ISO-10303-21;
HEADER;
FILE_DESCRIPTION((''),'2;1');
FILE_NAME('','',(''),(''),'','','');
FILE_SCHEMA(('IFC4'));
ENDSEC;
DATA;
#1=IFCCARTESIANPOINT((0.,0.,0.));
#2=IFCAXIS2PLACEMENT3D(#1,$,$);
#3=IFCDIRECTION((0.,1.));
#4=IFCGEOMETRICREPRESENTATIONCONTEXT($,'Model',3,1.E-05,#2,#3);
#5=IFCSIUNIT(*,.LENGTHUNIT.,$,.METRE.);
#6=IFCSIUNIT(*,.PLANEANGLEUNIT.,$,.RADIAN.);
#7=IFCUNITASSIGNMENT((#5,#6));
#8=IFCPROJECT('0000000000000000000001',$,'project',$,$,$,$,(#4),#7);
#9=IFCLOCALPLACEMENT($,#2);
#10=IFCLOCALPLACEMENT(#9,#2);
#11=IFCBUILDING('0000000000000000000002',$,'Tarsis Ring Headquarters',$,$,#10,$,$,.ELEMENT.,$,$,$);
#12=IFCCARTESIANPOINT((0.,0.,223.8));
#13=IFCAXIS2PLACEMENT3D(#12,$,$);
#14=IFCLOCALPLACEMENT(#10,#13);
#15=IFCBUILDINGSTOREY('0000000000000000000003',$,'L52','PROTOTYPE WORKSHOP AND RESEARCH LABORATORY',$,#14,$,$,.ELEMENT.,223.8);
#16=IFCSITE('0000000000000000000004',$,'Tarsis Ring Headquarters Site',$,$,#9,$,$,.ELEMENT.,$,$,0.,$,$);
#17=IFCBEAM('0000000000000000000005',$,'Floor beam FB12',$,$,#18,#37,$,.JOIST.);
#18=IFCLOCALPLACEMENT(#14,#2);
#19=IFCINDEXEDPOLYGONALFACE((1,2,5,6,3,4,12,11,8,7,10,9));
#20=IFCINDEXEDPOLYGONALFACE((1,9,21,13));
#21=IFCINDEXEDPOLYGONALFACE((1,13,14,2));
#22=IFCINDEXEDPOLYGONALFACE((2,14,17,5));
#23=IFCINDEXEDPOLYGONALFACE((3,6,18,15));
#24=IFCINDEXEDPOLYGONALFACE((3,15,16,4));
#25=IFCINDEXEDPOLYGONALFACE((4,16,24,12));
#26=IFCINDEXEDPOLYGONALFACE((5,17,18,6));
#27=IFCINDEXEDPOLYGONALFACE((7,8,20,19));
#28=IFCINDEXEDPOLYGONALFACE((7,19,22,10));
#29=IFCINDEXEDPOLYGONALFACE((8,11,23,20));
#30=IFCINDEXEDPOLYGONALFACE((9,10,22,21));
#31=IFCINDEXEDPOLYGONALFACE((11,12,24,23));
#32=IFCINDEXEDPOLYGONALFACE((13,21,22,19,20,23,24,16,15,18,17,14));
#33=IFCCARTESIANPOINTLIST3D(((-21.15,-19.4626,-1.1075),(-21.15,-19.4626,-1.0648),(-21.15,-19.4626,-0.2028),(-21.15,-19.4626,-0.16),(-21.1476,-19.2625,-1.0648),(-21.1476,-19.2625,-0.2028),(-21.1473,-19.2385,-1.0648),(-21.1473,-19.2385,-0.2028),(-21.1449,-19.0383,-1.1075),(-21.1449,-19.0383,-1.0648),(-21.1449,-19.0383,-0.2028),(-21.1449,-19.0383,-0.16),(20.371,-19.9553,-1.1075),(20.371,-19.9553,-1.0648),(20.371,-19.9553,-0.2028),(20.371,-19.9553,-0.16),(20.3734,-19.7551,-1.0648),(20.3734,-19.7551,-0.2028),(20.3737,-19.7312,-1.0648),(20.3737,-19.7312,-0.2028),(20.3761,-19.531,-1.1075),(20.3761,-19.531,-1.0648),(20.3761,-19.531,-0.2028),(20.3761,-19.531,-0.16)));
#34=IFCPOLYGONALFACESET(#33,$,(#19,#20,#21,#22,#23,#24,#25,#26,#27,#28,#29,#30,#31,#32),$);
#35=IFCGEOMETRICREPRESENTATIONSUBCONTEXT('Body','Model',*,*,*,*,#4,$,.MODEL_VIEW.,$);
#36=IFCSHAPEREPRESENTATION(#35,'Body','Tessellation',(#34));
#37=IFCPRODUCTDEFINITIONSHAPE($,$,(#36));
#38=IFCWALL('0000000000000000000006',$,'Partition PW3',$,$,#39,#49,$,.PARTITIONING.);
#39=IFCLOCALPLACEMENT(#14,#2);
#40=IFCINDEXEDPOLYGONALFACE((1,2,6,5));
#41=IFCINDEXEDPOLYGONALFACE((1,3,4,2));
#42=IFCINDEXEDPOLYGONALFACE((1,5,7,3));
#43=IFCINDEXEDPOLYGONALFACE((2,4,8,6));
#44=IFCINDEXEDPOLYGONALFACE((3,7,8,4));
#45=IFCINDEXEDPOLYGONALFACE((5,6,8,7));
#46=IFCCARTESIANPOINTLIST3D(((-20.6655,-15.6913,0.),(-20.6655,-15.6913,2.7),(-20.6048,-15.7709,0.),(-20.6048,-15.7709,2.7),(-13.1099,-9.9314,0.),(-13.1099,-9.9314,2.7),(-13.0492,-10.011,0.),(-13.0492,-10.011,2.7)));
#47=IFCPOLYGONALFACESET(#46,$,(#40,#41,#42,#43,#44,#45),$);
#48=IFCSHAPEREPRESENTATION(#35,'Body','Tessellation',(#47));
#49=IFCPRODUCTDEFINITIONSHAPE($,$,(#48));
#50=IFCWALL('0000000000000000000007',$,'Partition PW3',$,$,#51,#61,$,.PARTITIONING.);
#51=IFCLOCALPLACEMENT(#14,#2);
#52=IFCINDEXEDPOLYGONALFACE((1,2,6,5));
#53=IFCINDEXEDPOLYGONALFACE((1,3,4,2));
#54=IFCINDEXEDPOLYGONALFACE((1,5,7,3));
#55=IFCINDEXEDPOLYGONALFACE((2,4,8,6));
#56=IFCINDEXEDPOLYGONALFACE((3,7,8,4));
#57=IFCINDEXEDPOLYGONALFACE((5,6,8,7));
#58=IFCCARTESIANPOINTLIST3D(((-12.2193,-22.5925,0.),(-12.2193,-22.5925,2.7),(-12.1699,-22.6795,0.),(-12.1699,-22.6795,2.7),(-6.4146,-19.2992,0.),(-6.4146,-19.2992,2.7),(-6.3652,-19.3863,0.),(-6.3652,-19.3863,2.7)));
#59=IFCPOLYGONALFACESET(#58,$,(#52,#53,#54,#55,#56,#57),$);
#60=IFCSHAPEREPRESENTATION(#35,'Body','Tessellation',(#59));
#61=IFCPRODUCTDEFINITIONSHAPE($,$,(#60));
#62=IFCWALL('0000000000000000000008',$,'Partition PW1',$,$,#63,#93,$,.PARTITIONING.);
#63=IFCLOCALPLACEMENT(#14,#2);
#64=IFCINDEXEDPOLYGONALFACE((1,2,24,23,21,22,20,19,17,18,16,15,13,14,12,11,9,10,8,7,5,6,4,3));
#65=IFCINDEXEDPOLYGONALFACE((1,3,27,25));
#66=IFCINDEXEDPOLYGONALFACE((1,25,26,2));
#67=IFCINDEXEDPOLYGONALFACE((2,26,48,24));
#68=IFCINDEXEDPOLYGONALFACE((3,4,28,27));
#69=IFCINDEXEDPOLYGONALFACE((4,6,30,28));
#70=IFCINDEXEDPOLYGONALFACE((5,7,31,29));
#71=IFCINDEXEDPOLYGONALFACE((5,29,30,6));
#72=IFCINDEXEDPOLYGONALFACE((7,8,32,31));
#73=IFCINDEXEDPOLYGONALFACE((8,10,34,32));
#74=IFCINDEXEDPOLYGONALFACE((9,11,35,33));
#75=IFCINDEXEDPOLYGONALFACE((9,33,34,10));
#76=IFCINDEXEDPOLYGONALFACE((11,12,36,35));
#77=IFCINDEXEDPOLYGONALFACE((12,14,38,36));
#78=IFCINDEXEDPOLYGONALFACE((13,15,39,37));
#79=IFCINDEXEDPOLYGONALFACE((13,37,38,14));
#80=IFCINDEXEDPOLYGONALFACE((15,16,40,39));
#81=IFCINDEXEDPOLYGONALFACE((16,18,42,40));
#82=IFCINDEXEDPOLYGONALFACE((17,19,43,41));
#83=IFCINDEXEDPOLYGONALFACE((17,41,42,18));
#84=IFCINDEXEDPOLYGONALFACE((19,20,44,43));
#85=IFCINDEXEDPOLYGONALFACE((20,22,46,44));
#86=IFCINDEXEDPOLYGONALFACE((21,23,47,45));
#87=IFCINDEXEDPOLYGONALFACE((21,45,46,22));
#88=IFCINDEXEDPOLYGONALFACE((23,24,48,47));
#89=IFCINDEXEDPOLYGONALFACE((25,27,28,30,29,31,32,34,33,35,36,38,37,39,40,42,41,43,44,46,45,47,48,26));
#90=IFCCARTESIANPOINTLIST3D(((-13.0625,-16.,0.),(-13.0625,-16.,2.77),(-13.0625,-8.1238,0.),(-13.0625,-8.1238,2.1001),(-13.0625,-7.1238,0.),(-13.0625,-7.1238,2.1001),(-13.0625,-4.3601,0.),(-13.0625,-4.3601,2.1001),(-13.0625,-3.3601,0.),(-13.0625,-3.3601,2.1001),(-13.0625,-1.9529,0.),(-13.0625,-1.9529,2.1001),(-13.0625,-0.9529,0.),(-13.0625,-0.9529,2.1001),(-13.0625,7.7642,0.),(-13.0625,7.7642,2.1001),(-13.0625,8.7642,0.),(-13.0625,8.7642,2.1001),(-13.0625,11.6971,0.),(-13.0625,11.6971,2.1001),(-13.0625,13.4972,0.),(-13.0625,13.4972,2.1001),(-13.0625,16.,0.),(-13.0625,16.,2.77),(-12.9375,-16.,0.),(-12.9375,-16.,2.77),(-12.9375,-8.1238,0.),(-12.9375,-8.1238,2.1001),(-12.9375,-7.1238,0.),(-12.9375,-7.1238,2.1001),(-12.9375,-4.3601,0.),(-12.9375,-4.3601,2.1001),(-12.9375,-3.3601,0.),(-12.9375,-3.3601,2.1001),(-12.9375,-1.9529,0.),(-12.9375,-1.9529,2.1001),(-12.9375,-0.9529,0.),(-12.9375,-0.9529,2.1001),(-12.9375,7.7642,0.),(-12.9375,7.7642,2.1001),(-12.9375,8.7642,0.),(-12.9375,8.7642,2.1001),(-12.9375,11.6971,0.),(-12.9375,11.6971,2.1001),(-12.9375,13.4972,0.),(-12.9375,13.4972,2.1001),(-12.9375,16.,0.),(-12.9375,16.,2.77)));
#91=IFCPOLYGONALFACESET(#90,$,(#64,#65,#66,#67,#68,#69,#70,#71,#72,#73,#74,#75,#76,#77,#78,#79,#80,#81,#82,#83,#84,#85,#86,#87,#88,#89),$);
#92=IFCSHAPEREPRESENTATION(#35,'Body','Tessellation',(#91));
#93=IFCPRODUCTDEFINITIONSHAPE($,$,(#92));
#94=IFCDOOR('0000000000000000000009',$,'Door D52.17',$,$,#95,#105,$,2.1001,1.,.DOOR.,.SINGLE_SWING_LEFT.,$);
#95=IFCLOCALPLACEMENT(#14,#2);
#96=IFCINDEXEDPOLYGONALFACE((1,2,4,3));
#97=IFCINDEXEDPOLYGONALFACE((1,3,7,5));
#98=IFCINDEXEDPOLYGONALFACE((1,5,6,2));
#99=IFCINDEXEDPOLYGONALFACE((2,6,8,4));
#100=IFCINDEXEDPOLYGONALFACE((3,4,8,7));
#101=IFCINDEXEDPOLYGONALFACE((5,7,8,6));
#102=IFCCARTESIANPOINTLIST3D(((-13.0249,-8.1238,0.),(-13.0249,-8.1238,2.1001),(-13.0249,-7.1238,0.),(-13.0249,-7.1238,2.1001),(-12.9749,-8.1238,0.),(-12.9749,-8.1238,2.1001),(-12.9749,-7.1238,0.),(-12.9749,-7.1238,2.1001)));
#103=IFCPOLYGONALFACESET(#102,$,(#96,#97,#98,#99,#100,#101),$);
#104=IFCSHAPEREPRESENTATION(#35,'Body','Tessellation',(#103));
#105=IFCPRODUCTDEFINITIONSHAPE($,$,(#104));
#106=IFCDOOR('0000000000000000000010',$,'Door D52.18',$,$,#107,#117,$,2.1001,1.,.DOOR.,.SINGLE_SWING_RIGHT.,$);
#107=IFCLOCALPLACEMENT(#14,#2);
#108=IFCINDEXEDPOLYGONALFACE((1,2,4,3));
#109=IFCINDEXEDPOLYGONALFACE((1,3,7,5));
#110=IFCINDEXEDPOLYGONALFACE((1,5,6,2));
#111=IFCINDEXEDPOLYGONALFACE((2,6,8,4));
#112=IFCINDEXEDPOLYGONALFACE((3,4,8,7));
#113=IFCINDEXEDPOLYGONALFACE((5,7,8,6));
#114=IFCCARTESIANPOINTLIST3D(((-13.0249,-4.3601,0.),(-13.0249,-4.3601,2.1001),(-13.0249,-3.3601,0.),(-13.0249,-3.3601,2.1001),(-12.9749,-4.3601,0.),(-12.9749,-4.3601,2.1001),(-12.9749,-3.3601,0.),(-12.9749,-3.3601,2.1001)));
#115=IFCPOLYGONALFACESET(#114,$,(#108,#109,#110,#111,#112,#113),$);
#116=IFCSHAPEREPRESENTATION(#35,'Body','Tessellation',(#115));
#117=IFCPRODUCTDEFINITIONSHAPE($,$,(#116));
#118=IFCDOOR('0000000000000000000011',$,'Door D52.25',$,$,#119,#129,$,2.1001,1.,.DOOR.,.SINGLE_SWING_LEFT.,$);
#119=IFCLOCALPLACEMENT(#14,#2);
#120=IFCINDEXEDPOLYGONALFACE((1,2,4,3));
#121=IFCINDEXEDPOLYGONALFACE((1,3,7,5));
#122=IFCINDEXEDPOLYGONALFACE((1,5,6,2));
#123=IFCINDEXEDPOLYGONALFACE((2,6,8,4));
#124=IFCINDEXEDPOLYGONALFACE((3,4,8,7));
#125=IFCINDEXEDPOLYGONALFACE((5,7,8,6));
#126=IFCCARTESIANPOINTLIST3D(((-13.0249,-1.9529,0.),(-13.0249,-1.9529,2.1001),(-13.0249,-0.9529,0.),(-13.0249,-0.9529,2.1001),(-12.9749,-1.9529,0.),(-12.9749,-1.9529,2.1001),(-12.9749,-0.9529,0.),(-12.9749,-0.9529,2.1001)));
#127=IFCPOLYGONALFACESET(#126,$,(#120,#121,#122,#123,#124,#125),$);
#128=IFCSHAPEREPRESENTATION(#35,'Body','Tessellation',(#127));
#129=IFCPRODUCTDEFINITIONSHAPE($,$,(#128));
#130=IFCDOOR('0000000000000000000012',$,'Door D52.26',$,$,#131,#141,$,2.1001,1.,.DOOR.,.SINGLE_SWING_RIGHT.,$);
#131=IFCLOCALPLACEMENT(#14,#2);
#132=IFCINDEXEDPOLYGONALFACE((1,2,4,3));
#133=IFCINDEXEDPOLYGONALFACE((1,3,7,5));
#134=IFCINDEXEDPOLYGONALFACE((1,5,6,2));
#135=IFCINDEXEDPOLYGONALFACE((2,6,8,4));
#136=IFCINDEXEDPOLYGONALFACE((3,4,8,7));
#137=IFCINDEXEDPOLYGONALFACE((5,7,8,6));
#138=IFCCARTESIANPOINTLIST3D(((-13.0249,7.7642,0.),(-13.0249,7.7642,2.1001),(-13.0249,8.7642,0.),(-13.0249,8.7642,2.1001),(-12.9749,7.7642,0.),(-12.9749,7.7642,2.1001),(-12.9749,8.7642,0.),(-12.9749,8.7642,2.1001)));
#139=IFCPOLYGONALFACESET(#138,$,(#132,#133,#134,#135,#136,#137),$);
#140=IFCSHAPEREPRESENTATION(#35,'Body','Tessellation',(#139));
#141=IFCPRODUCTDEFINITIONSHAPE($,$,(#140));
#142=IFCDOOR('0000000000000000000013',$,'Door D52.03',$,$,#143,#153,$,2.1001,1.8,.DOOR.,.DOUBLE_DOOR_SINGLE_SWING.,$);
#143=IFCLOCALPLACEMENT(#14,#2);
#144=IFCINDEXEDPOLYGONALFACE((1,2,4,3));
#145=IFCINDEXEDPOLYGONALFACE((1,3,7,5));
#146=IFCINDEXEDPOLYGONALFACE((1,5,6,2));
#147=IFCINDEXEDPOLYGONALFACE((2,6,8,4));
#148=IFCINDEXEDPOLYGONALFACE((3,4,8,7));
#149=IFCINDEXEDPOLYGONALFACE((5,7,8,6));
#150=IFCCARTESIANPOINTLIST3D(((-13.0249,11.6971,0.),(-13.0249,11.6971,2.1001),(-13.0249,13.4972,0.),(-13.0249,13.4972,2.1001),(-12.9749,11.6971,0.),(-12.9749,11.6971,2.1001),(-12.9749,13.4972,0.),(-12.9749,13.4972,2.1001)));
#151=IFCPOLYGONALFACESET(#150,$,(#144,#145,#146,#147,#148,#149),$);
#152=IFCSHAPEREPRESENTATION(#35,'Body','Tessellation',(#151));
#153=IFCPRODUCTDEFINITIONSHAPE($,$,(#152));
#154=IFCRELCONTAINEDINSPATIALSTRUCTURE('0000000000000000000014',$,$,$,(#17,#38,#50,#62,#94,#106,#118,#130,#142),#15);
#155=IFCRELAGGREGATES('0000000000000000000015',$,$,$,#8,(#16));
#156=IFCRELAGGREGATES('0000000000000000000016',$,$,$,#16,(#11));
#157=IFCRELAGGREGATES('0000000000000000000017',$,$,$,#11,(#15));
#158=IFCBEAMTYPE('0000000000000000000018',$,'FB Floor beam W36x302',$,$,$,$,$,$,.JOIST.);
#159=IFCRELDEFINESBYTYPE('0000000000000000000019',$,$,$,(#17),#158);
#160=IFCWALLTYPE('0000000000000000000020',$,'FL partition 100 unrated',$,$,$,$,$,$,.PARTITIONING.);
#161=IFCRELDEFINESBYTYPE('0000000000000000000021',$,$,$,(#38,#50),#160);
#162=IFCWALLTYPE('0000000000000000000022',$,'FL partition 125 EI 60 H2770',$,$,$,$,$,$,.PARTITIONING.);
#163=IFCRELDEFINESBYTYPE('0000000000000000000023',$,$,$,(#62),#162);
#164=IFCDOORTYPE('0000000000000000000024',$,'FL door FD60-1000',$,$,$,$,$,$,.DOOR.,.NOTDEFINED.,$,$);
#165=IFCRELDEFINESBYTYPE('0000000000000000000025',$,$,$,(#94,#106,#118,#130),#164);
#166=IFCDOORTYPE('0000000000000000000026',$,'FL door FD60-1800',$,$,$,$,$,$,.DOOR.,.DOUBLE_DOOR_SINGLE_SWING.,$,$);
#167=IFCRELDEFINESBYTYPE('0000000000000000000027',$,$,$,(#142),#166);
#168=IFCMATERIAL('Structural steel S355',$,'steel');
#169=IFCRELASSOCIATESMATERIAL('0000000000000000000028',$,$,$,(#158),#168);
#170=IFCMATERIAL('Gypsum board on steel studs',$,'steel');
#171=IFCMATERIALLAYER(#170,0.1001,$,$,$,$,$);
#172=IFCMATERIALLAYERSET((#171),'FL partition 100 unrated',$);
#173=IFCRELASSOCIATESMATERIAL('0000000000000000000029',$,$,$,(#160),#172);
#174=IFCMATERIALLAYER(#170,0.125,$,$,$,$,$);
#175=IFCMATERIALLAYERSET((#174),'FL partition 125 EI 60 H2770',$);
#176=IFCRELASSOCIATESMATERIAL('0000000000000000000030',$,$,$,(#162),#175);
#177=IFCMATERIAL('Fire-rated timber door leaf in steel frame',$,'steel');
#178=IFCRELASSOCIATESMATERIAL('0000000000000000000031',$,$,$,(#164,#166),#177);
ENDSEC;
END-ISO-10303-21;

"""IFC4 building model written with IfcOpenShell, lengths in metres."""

from ifc_helpers import new_model, si_unit, direction, frame, frame_2d, origin, origin_2d, place, context, subcontext, project, spatial, rectangle, i_section, extrude, material, layer, layer_set, material_profile, profile_set, type_object, element, fill, save


model = new_model("IFC4")

# Units and contexts
model_context = context("Model", 3, precision=1e-05, world=origin(), true_north=direction((0.0, 1.0)))
body_context = subcontext(model_context, "Body", "Model", "MODEL_VIEW")
ifc_project = project(units=[si_unit("LENGTHUNIT", "METRE"), si_unit("PLANEANGLEUNIT", "RADIAN")], contexts=[model_context])

# Site, building, storey
site_placement = place(None, origin())
site = spatial("IfcSite", under=ifc_project, at=site_placement, Name="Tarsis Ring Headquarters Site", CompositionType="ELEMENT", RefElevation=0.0)
building_placement = place(site_placement, origin())
building = spatial("IfcBuilding", under=site, at=building_placement, Name="Tarsis Ring Headquarters", CompositionType="ELEMENT")
storey_placement = place(building_placement, frame((0.0, 0.0, 223.8)))
storey = spatial("IfcBuildingStorey", under=building, at=storey_placement, Name="L52", Description="PROTOTYPE WORKSHOP AND RESEARCH LABORATORY", CompositionType="ELEMENT", Elevation=223.8)

# Beam
ifc_material_1 = material(Name="Structural steel S355", Category="steel")
ifc_material_profile = material_profile(ifc_material_1, i_section(OverallWidth=0.4243, OverallDepth=0.9475, WebThickness=0.0239, FlangeThickness=0.0427, at=origin_2d()), Name="W36x302")
ifc_profile_set = profile_set([ifc_material_profile], Name="Structural steel S355")
beam_type = type_object("IfcBeamType", Name="FB Floor beam W36x302", PredefinedType="JOIST", material=ifc_profile_set)
beam_placement = place(storey_placement, frame((-21.1475, -19.2505, -0.6338), z_axis=(0.99993, -0.011865, 0.0), x_axis=(0.011865, 0.99993, 0.0)))
element("IfcBeam", 1, at=beam_placement, inside=storey, type_object=beam_type, Name="Floor beam FB12", PredefinedType="JOIST", context=body_context, shape_type="SweptSolid", body=[
    extrude(i_section(OverallWidth=0.4243, OverallDepth=0.9475, WebThickness=0.0239, FlangeThickness=0.0427, at=origin_2d()), origin(), (0.0, 0.0, 1.0), 41.5239),
])

# Walls
ifc_material_2 = material(Name="Gypsum board on steel studs", Category="steel")
ifc_layer_1 = layer(ifc_material_2, 0.1001)
ifc_layer_set_1 = layer_set([ifc_layer_1], Name="FL partition 100 unrated")
wall_type_1 = type_object("IfcWallType", Name="FL partition 100 unrated", PredefinedType="PARTITIONING", material=ifc_layer_set_1)
wall_1_placement = place(storey_placement, frame((-20.6353, -15.7312, 0.0), z_axis=(0.0, 0.0, 1.0), x_axis=(0.795264, 0.606264, 0.0)))
element("IfcWall", 2, at=wall_1_placement, inside=storey, type_object=wall_type_1, Name="Partition PW3", PredefinedType="PARTITIONING", context=body_context, shape_type="SweptSolid", body=[
    extrude(rectangle(XDim=9.5007, YDim=0.1001, at=frame_2d((4.7505, 0.0))), origin(), (0.0, 0.0, 1.0), 2.7),
])
wall_2_placement = place(storey_placement, frame((-12.1946, -22.636, 0.0), z_axis=(0.0, 0.0, 1.0), x_axis=(0.869772, 0.493454, 0.0)))
element("IfcWall", 3, at=wall_2_placement, inside=storey, type_object=wall_type_1, Name="Partition PW3", PredefinedType="PARTITIONING", context=body_context, shape_type="SweptSolid", body=[
    extrude(rectangle(XDim=6.6738, YDim=0.1001, at=frame_2d((3.3369, 0.0))), origin(), (0.0, 0.0, 1.0), 2.7),
])

# Wall, openings, doors
ifc_layer_2 = layer(ifc_material_2, 0.125)
ifc_layer_set_2 = layer_set([ifc_layer_2], Name="FL partition 125 EI 60 H2770")
wall_type_2 = type_object("IfcWallType", Name="FL partition 125 EI 60 H2770", PredefinedType="PARTITIONING", material=ifc_layer_set_2)
wall_3_placement = place(storey_placement, frame((-13.0, -16.0, 0.0), z_axis=(0.0, 0.0, 1.0), x_axis=(0.0, 1.0, 0.0)))
wall_3 = element("IfcWall", 4, at=wall_3_placement, inside=storey, type_object=wall_type_2, Name="Partition PW1", PredefinedType="PARTITIONING", context=body_context, shape_type="SweptSolid", body=[
    extrude(rectangle(XDim=32.0, YDim=0.125, at=frame_2d((16.0, 0.0))), origin(), (0.0, 0.0, 1.0), 2.77),
])
opening_1_placement = place(wall_3_placement, frame((27.6973, 0.0, 0.0)))
opening_1 = element("IfcOpeningElement", 5, at=opening_1_placement, cuts=wall_3, PredefinedType="OPENING", context=body_context, shape_type="SweptSolid", body=[
    extrude(rectangle(XDim=1.8, YDim=2.1001, at=frame_2d((0.8999, 1.05))), frame((0.0, 0.0725, 0.0), z_axis=(0.0, -1.0, 0.0), x_axis=(1.0, 0.0, 0.0)), (0.0, 0.0, 1.0), 0.145),
])
opening_2_placement = place(wall_3_placement, frame((7.8762, 0.0, 0.0)))
opening_2 = element("IfcOpeningElement", 6, at=opening_2_placement, cuts=wall_3, PredefinedType="OPENING", context=body_context, shape_type="SweptSolid", body=[
    extrude(rectangle(XDim=1.0, YDim=2.1001, at=frame_2d((0.5, 1.05))), frame((0.0, 0.0725, 0.0), z_axis=(0.0, -1.0, 0.0), x_axis=(1.0, 0.0, 0.0)), (0.0, 0.0, 1.0), 0.145),
])
opening_3_placement = place(wall_3_placement, frame((11.6399, 0.0, 0.0)))
opening_3 = element("IfcOpeningElement", 7, at=opening_3_placement, cuts=wall_3, PredefinedType="OPENING", context=body_context, shape_type="SweptSolid", body=[
    extrude(rectangle(XDim=1.0, YDim=2.1001, at=frame_2d((0.5, 1.05))), frame((0.0, 0.0725, 0.0), z_axis=(0.0, -1.0, 0.0), x_axis=(1.0, 0.0, 0.0)), (0.0, 0.0, 1.0), 0.145),
])
opening_4_placement = place(wall_3_placement, frame((14.0471, 0.0, 0.0)))
opening_4 = element("IfcOpeningElement", 8, at=opening_4_placement, cuts=wall_3, PredefinedType="OPENING", context=body_context, shape_type="SweptSolid", body=[
    extrude(rectangle(XDim=1.0, YDim=2.1001, at=frame_2d((0.5, 1.05))), frame((0.0, 0.0725, 0.0), z_axis=(0.0, -1.0, 0.0), x_axis=(1.0, 0.0, 0.0)), (0.0, 0.0, 1.0), 0.145),
])
opening_5_placement = place(wall_3_placement, frame((23.7642, 0.0, 0.0)))
opening_5 = element("IfcOpeningElement", 9, at=opening_5_placement, cuts=wall_3, PredefinedType="OPENING", context=body_context, shape_type="SweptSolid", body=[
    extrude(rectangle(XDim=1.0, YDim=2.1001, at=frame_2d((0.5, 1.05))), frame((0.0, 0.0725, 0.0), z_axis=(0.0, -1.0, 0.0), x_axis=(1.0, 0.0, 0.0)), (0.0, 0.0, 1.0), 0.145),
])
ifc_material_3 = material(Name="Fire-rated timber door leaf in steel frame", Category="steel")
door_type_1 = type_object("IfcDoorType", Name="FL door FD60-1000", OperationType="NOTDEFINED", PredefinedType="DOOR", material=ifc_material_3)
door_1_placement = place(opening_2_placement, origin())
door_1 = element("IfcDoor", 10, at=door_1_placement, inside=storey, type_object=door_type_1, Name="Door D52.17", OperationType="SINGLE_SWING_LEFT", OverallHeight=2.1001, OverallWidth=1.0, PredefinedType="DOOR", context=body_context, shape_type="SweptSolid", body=[
    extrude(rectangle(XDim=1.0, YDim=2.1001, at=frame_2d((0.5, 1.05))), frame((0.0, 0.0249, 0.0), z_axis=(0.0, -1.0, 0.0), x_axis=(1.0, 0.0, 0.0)), (0.0, 0.0, 1.0), 0.05),
])
fill(opening_2, door_1)
door_2_placement = place(opening_3_placement, origin())
door_2 = element("IfcDoor", 11, at=door_2_placement, inside=storey, type_object=door_type_1, Name="Door D52.18", OperationType="SINGLE_SWING_RIGHT", OverallHeight=2.1001, OverallWidth=1.0, PredefinedType="DOOR", context=body_context, shape_type="SweptSolid", body=[
    extrude(rectangle(XDim=1.0, YDim=2.1001, at=frame_2d((0.5, 1.05))), frame((0.0, 0.0249, 0.0), z_axis=(0.0, -1.0, 0.0), x_axis=(1.0, 0.0, 0.0)), (0.0, 0.0, 1.0), 0.05),
])
fill(opening_3, door_2)
door_3_placement = place(opening_4_placement, origin())
door_3 = element("IfcDoor", 12, at=door_3_placement, inside=storey, type_object=door_type_1, Name="Door D52.25", OperationType="SINGLE_SWING_LEFT", OverallHeight=2.1001, OverallWidth=1.0, PredefinedType="DOOR", context=body_context, shape_type="SweptSolid", body=[
    extrude(rectangle(XDim=1.0, YDim=2.1001, at=frame_2d((0.5, 1.05))), frame((0.0, 0.0249, 0.0), z_axis=(0.0, -1.0, 0.0), x_axis=(1.0, 0.0, 0.0)), (0.0, 0.0, 1.0), 0.05),
])
fill(opening_4, door_3)
door_4_placement = place(opening_5_placement, origin())
door_4 = element("IfcDoor", 13, at=door_4_placement, inside=storey, type_object=door_type_1, Name="Door D52.26", OperationType="SINGLE_SWING_RIGHT", OverallHeight=2.1001, OverallWidth=1.0, PredefinedType="DOOR", context=body_context, shape_type="SweptSolid", body=[
    extrude(rectangle(XDim=1.0, YDim=2.1001, at=frame_2d((0.5, 1.05))), frame((0.0, 0.0249, 0.0), z_axis=(0.0, -1.0, 0.0), x_axis=(1.0, 0.0, 0.0)), (0.0, 0.0, 1.0), 0.05),
])
fill(opening_5, door_4)
door_type_2 = type_object("IfcDoorType", Name="FL door FD60-1800", OperationType="DOUBLE_DOOR_SINGLE_SWING", PredefinedType="DOOR", material=ifc_material_3)
door_5_placement = place(opening_1_placement, origin())
door_5 = element("IfcDoor", 14, at=door_5_placement, inside=storey, type_object=door_type_2, Name="Door D52.03", OperationType="DOUBLE_DOOR_SINGLE_SWING", OverallHeight=2.1001, OverallWidth=1.8, PredefinedType="DOOR", context=body_context, shape_type="SweptSolid", body=[
    extrude(rectangle(XDim=1.8, YDim=2.1001, at=frame_2d((0.8999, 1.05))), frame((0.0, 0.0249, 0.0), z_axis=(0.0, -1.0, 0.0), x_axis=(1.0, 0.0, 0.0)), (0.0, 0.0, 1.0), 0.05),
])
fill(opening_1, door_5)

save(model, "model.ifc")
